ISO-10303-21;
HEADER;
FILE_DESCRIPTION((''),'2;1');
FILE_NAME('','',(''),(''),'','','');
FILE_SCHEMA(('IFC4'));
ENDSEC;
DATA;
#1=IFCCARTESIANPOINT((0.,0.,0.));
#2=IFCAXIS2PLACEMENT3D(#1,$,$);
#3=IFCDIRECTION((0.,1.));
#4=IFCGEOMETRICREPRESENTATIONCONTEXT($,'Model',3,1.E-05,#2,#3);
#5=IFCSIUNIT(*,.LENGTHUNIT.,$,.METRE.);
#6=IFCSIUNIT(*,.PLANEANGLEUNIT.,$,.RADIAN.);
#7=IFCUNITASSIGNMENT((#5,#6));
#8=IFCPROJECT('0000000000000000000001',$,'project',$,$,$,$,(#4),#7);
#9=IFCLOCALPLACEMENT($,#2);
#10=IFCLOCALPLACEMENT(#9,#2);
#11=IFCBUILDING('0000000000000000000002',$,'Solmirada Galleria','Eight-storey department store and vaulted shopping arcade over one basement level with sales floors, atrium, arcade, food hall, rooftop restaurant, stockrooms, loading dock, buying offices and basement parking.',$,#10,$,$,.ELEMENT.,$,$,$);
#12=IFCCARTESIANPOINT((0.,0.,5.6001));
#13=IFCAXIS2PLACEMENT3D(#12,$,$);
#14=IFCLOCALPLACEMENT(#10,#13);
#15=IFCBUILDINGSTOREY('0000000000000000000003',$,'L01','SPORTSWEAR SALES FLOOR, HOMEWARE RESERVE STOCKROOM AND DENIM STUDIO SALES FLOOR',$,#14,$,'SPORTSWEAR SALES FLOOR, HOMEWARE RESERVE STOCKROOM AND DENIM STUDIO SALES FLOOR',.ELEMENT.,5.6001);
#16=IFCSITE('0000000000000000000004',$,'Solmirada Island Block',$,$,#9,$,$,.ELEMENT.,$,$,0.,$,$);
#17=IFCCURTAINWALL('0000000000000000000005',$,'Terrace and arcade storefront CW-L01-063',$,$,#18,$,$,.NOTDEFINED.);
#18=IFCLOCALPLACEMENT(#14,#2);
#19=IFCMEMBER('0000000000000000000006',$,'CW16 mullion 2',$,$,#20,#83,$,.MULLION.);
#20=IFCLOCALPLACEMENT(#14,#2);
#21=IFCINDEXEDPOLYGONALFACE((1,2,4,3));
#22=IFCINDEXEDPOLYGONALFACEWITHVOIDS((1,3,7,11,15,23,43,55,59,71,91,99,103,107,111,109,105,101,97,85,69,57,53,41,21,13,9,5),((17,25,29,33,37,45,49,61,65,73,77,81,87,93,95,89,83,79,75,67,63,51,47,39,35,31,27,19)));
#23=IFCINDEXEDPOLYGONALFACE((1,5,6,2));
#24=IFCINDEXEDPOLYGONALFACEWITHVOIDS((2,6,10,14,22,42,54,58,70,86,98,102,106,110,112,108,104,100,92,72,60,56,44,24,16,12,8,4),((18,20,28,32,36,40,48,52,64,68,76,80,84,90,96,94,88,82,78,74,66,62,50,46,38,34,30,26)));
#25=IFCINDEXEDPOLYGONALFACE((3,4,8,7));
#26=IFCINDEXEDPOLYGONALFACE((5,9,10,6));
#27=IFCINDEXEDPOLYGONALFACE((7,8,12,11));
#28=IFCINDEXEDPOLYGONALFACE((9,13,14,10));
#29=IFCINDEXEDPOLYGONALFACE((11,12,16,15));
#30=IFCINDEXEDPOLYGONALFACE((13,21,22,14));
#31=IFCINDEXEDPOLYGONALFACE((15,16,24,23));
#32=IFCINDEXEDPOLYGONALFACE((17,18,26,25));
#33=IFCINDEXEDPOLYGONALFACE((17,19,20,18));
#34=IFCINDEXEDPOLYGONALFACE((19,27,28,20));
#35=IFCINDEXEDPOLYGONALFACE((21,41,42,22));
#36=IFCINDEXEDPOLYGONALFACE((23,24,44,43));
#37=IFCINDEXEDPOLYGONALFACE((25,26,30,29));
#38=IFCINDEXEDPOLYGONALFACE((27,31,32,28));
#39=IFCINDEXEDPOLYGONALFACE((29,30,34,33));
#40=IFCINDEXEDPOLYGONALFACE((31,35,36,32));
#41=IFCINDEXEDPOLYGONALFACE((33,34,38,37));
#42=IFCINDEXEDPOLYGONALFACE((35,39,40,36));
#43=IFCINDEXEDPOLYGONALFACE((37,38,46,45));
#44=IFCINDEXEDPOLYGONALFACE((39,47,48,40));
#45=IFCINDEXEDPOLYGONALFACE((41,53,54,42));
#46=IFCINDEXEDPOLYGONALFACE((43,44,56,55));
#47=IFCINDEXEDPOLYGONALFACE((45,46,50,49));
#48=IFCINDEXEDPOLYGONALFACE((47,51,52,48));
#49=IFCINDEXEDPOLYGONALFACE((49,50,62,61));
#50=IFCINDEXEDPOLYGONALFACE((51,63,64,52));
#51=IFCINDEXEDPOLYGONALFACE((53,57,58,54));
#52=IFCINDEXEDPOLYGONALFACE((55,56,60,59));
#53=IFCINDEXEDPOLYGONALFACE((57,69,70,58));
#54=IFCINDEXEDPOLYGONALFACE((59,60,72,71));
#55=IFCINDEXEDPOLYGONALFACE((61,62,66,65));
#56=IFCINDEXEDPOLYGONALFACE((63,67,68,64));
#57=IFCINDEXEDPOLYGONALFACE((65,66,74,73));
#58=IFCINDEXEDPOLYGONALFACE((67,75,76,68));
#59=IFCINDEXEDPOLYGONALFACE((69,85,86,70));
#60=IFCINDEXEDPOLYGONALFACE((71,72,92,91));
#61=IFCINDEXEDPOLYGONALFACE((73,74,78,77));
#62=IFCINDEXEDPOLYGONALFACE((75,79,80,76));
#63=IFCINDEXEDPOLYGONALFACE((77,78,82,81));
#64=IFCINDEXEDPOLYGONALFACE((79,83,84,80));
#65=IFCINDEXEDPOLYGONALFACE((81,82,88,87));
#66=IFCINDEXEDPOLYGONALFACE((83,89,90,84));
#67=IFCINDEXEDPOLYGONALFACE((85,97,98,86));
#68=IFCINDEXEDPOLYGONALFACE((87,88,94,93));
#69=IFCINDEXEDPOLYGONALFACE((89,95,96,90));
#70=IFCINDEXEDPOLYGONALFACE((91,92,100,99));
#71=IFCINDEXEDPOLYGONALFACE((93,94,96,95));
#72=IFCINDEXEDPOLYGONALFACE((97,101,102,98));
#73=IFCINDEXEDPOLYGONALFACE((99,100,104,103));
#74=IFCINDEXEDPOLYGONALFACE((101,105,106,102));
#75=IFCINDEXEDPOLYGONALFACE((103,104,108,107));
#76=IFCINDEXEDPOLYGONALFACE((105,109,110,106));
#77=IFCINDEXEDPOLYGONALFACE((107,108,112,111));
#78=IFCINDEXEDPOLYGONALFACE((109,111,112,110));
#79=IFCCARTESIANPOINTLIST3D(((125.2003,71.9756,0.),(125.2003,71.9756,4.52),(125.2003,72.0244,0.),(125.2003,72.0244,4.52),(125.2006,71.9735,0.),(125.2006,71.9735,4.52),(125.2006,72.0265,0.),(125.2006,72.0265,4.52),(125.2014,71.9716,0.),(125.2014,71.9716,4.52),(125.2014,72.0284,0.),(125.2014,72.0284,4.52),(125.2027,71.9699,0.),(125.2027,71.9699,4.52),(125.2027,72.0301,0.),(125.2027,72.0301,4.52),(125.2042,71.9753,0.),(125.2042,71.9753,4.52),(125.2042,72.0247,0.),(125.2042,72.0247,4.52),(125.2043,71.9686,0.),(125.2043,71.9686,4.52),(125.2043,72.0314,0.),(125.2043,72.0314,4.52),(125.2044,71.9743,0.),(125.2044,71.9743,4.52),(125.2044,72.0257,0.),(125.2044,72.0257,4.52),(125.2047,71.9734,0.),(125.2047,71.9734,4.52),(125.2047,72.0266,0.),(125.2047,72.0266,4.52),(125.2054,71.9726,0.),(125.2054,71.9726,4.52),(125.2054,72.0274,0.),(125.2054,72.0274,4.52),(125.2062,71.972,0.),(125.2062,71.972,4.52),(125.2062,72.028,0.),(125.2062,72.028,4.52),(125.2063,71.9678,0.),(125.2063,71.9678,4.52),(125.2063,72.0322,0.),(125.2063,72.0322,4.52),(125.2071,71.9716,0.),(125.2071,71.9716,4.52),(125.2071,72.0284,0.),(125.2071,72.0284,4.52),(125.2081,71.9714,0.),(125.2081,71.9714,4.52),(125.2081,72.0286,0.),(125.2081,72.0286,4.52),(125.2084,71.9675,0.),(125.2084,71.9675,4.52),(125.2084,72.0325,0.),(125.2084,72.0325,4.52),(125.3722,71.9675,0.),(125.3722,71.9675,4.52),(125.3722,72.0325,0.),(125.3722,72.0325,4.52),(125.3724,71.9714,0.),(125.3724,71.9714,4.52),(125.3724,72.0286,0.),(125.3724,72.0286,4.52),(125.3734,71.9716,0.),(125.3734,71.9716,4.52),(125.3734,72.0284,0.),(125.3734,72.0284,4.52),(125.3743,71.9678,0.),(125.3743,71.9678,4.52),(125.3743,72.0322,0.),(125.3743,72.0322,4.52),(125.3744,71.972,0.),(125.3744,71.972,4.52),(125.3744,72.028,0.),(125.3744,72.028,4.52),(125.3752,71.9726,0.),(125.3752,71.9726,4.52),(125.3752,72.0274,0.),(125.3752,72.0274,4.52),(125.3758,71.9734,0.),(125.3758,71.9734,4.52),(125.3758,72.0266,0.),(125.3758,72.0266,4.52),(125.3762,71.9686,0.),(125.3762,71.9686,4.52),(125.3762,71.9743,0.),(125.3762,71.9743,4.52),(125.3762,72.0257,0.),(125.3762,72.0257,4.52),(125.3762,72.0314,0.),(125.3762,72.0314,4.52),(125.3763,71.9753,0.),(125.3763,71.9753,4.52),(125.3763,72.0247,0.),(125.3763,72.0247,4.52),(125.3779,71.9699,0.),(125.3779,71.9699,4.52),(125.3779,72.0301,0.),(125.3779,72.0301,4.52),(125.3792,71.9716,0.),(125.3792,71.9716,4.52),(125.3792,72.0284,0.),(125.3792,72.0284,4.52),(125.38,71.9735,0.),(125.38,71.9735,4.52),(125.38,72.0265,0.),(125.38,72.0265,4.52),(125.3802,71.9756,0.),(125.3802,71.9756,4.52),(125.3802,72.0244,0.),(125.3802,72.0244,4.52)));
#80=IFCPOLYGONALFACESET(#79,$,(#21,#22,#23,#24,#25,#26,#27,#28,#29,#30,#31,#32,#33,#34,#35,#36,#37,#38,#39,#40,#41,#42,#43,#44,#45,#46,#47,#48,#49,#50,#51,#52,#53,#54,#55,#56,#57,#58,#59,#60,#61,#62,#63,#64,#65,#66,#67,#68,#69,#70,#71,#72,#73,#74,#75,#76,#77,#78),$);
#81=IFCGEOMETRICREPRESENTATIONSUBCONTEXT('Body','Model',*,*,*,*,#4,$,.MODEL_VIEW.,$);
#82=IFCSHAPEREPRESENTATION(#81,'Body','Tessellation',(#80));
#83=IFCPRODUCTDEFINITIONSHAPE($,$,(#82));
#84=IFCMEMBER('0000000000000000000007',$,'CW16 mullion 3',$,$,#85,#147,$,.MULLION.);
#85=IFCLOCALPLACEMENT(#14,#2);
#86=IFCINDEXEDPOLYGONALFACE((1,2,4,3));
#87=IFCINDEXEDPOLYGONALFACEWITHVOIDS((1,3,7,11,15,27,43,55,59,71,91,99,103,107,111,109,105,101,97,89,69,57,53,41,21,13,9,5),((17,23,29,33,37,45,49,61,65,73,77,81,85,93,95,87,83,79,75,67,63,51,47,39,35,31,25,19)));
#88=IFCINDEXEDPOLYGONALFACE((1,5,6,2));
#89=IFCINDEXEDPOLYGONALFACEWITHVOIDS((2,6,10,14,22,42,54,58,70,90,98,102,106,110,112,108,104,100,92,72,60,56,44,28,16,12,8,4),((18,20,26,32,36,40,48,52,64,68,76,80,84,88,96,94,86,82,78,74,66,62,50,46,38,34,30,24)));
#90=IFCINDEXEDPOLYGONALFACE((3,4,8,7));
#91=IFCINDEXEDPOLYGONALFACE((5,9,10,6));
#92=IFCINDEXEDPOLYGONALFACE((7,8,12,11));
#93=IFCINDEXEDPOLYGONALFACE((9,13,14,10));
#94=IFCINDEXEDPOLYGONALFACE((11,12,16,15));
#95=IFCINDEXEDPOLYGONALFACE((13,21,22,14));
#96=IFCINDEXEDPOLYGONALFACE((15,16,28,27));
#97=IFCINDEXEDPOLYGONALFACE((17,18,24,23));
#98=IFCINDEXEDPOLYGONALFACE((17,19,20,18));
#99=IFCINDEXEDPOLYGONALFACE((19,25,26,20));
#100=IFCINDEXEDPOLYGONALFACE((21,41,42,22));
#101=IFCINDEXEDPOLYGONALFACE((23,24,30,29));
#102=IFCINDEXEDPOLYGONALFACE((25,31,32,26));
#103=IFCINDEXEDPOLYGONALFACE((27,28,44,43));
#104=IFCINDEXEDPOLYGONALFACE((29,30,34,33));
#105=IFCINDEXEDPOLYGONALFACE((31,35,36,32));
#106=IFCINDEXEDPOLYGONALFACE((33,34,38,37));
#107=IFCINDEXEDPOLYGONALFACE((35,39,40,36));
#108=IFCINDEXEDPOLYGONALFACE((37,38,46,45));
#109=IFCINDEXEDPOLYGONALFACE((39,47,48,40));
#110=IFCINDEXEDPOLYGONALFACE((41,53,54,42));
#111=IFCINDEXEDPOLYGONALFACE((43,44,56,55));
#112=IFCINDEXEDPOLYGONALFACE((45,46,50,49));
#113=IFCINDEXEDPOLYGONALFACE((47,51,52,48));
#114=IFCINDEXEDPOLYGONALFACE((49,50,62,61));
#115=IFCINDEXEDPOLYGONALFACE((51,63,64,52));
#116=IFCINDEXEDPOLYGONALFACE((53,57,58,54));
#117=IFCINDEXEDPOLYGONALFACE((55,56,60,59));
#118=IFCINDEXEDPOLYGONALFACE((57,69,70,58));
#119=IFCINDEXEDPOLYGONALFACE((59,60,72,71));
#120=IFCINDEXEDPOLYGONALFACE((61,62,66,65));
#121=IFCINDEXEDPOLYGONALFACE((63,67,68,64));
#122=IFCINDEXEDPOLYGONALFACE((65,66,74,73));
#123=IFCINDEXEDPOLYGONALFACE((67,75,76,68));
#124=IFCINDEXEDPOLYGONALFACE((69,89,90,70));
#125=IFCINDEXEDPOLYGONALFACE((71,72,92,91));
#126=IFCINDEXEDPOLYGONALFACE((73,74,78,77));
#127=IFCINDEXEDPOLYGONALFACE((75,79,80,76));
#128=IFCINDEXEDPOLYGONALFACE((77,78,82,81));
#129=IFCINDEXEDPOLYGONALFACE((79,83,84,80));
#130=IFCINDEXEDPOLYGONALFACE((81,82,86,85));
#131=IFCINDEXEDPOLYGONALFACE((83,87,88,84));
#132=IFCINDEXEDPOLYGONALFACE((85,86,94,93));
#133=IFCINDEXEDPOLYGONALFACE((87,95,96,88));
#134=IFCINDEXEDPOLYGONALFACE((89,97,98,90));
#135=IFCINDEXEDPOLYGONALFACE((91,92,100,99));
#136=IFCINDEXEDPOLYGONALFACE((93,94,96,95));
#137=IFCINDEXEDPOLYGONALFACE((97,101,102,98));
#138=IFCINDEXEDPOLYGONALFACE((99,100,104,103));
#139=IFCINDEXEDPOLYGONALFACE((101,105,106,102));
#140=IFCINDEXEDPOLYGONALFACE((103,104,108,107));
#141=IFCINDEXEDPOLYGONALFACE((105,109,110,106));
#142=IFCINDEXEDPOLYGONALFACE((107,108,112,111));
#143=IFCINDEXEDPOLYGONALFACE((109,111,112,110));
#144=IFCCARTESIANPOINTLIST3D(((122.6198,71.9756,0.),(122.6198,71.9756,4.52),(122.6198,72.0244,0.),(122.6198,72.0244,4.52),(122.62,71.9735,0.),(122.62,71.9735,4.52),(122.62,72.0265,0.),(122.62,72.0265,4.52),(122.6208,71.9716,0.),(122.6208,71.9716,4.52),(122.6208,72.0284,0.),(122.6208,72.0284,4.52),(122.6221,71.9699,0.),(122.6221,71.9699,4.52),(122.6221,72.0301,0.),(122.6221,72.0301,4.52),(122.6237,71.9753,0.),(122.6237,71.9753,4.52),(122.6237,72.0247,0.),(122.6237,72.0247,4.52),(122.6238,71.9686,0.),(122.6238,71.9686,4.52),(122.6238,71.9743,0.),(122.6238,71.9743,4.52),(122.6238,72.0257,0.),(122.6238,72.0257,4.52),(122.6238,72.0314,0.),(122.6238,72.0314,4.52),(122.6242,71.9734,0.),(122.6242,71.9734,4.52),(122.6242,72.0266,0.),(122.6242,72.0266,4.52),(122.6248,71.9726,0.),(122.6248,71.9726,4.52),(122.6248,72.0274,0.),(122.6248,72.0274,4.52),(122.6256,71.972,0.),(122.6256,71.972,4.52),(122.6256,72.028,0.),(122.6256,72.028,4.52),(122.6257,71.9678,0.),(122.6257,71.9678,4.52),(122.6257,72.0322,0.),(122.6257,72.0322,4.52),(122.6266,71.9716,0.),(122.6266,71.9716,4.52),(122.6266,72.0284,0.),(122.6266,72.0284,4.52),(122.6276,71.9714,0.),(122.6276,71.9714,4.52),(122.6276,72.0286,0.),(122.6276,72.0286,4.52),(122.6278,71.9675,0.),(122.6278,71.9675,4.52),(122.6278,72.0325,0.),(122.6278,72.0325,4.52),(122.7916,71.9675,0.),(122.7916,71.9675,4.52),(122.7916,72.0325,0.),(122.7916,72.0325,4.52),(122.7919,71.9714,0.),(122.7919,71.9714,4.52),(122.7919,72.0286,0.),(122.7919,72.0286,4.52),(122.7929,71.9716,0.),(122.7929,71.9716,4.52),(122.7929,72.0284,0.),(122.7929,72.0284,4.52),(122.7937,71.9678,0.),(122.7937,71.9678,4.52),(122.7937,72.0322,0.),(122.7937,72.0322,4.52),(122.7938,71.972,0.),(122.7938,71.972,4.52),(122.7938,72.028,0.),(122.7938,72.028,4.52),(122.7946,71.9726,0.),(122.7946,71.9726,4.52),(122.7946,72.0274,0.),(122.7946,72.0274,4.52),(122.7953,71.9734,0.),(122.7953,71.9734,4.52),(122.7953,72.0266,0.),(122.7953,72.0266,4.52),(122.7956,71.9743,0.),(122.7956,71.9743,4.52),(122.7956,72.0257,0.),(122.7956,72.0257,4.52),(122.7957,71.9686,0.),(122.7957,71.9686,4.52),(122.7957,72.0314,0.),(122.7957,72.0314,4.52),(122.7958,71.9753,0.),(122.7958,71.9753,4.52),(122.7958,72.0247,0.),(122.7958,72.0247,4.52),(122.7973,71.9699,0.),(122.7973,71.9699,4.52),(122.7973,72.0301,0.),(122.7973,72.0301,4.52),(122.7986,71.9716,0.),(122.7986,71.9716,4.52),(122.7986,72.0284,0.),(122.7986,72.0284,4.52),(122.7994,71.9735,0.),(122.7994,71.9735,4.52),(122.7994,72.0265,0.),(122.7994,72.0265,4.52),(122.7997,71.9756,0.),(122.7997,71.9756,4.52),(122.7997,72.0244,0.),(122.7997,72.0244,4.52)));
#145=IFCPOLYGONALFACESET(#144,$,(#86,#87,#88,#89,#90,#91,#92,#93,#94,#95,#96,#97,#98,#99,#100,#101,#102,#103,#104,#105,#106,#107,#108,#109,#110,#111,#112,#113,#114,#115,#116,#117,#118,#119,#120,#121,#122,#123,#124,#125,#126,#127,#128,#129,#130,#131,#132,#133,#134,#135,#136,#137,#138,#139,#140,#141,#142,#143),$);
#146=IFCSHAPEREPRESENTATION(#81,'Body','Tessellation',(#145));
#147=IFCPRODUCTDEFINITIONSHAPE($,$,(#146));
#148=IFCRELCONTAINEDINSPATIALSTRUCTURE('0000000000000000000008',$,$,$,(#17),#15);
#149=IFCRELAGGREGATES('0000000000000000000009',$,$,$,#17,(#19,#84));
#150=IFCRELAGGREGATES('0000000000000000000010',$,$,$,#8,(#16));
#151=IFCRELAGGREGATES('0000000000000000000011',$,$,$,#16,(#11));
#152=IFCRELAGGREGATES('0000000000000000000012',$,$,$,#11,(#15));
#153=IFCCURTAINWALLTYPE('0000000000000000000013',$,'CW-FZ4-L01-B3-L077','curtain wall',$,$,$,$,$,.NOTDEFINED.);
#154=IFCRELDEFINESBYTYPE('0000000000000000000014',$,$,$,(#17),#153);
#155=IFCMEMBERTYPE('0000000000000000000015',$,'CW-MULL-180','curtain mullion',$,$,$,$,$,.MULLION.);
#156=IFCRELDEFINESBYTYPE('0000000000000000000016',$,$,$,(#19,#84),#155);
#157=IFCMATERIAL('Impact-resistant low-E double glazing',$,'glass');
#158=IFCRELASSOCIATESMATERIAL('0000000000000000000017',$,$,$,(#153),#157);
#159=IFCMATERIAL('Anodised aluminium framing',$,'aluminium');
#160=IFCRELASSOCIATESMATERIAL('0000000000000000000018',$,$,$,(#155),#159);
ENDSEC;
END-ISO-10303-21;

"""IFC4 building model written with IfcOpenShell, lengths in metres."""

from ifc_helpers import new_model, si_unit, direction, frame, origin, origin_2d, place, context, subcontext, project, spatial, hollow_rectangle, extrude, material, material_profile, profile_set, type_object, element, aggregate, save


model = new_model("IFC4")

# Units and contexts
model_context = context("Model", 3, precision=1e-05, world=origin(), true_north=direction((0.0, 1.0)))
body_context = subcontext(model_context, "Body", "Model", "MODEL_VIEW")
ifc_project = project(units=[si_unit("LENGTHUNIT", "METRE"), si_unit("PLANEANGLEUNIT", "RADIAN")], contexts=[model_context])

# Site, building, storey
site_placement = place(None, origin())
site = spatial("IfcSite", under=ifc_project, at=site_placement, Name="Solmirada Island Block", CompositionType="ELEMENT", RefElevation=0.0)
building_placement = place(site_placement, origin())
building = spatial("IfcBuilding", under=site, at=building_placement, Name="Solmirada Galleria", Description="Eight-storey department store and vaulted shopping arcade over one basement level with sales floors, atrium, arcade, food hall, rooftop restaurant, stockrooms, loading dock, buying offices and basement parking.", CompositionType="ELEMENT")
storey_placement = place(building_placement, frame((0.0, 0.0, 5.6001)))
storey = spatial("IfcBuildingStorey", under=building, at=storey_placement, Name="L01", Description="SPORTSWEAR SALES FLOOR, HOMEWARE RESERVE STOCKROOM AND DENIM STUDIO SALES FLOOR", LongName="SPORTSWEAR SALES FLOOR, HOMEWARE RESERVE STOCKROOM AND DENIM STUDIO SALES FLOOR", CompositionType="ELEMENT", Elevation=5.6001)

# Curtain wall, members
ifc_material_1 = material(Name="Impact-resistant low-E double glazing", Category="glass")
curtain_wall_type = type_object("IfcCurtainWallType", Name="CW-FZ4-L01-B3-L077", Description="curtain wall", PredefinedType="NOTDEFINED", material=ifc_material_1)
ifc_material_2 = material(Name="Anodised aluminium framing", Category="aluminium")
ifc_material_profile_1 = material_profile(ifc_material_2, hollow_rectangle(XDim=0.0649, YDim=0.1799, WallThickness=0.0039, InnerFilletRadius=0.0039, OuterFilletRadius=0.0081, at=origin_2d()), Name="ALU-MULL-180X65")
ifc_profile_set_1 = profile_set([ifc_material_profile_1], Name="Anodised aluminium framing")
member_type_1 = type_object("IfcMemberType", Name="CW-MULL-180", Description="curtain mullion", PredefinedType="MULLION", material=ifc_profile_set_1)
curtain_wall_1_placement = place(storey_placement, origin())
curtain_wall_1 = element("IfcCurtainWall", 1, at=curtain_wall_1_placement, inside=storey, type_object=curtain_wall_type, Name="Terrace and arcade storefront CW-L01-063", PredefinedType="NOTDEFINED")
member_1_placement = place(storey_placement, frame((125.2903, 72.0, 0.0), z_axis=(0.0, 0.0, 1.0), x_axis=(0.0, -1.0, 0.0)))
member_1 = element("IfcMember", 2, at=member_1_placement, type_object=member_type_1, Name="CW16 mullion 2", PredefinedType="MULLION", context=body_context, shape_type="SweptSolid", body=[
    extrude(hollow_rectangle(XDim=0.0649, YDim=0.1799, WallThickness=0.0039, InnerFilletRadius=0.0039, OuterFilletRadius=0.0081, at=origin_2d()), origin(), (0.0, 0.0, 1.0), 4.52),
])
member_2_placement = place(storey_placement, frame((122.7097, 72.0, 0.0), z_axis=(0.0, 0.0, 1.0), x_axis=(0.0, -1.0, 0.0)))
member_2 = element("IfcMember", 3, at=member_2_placement, type_object=member_type_1, Name="CW16 mullion 3", PredefinedType="MULLION", context=body_context, shape_type="SweptSolid", body=[
    extrude(hollow_rectangle(XDim=0.0649, YDim=0.1799, WallThickness=0.0039, InnerFilletRadius=0.0039, OuterFilletRadius=0.0081, at=origin_2d()), origin(), (0.0, 0.0, 1.0), 4.52),
])

aggregate(curtain_wall_1, [member_1, member_2])

save(model, "model.ifc")
